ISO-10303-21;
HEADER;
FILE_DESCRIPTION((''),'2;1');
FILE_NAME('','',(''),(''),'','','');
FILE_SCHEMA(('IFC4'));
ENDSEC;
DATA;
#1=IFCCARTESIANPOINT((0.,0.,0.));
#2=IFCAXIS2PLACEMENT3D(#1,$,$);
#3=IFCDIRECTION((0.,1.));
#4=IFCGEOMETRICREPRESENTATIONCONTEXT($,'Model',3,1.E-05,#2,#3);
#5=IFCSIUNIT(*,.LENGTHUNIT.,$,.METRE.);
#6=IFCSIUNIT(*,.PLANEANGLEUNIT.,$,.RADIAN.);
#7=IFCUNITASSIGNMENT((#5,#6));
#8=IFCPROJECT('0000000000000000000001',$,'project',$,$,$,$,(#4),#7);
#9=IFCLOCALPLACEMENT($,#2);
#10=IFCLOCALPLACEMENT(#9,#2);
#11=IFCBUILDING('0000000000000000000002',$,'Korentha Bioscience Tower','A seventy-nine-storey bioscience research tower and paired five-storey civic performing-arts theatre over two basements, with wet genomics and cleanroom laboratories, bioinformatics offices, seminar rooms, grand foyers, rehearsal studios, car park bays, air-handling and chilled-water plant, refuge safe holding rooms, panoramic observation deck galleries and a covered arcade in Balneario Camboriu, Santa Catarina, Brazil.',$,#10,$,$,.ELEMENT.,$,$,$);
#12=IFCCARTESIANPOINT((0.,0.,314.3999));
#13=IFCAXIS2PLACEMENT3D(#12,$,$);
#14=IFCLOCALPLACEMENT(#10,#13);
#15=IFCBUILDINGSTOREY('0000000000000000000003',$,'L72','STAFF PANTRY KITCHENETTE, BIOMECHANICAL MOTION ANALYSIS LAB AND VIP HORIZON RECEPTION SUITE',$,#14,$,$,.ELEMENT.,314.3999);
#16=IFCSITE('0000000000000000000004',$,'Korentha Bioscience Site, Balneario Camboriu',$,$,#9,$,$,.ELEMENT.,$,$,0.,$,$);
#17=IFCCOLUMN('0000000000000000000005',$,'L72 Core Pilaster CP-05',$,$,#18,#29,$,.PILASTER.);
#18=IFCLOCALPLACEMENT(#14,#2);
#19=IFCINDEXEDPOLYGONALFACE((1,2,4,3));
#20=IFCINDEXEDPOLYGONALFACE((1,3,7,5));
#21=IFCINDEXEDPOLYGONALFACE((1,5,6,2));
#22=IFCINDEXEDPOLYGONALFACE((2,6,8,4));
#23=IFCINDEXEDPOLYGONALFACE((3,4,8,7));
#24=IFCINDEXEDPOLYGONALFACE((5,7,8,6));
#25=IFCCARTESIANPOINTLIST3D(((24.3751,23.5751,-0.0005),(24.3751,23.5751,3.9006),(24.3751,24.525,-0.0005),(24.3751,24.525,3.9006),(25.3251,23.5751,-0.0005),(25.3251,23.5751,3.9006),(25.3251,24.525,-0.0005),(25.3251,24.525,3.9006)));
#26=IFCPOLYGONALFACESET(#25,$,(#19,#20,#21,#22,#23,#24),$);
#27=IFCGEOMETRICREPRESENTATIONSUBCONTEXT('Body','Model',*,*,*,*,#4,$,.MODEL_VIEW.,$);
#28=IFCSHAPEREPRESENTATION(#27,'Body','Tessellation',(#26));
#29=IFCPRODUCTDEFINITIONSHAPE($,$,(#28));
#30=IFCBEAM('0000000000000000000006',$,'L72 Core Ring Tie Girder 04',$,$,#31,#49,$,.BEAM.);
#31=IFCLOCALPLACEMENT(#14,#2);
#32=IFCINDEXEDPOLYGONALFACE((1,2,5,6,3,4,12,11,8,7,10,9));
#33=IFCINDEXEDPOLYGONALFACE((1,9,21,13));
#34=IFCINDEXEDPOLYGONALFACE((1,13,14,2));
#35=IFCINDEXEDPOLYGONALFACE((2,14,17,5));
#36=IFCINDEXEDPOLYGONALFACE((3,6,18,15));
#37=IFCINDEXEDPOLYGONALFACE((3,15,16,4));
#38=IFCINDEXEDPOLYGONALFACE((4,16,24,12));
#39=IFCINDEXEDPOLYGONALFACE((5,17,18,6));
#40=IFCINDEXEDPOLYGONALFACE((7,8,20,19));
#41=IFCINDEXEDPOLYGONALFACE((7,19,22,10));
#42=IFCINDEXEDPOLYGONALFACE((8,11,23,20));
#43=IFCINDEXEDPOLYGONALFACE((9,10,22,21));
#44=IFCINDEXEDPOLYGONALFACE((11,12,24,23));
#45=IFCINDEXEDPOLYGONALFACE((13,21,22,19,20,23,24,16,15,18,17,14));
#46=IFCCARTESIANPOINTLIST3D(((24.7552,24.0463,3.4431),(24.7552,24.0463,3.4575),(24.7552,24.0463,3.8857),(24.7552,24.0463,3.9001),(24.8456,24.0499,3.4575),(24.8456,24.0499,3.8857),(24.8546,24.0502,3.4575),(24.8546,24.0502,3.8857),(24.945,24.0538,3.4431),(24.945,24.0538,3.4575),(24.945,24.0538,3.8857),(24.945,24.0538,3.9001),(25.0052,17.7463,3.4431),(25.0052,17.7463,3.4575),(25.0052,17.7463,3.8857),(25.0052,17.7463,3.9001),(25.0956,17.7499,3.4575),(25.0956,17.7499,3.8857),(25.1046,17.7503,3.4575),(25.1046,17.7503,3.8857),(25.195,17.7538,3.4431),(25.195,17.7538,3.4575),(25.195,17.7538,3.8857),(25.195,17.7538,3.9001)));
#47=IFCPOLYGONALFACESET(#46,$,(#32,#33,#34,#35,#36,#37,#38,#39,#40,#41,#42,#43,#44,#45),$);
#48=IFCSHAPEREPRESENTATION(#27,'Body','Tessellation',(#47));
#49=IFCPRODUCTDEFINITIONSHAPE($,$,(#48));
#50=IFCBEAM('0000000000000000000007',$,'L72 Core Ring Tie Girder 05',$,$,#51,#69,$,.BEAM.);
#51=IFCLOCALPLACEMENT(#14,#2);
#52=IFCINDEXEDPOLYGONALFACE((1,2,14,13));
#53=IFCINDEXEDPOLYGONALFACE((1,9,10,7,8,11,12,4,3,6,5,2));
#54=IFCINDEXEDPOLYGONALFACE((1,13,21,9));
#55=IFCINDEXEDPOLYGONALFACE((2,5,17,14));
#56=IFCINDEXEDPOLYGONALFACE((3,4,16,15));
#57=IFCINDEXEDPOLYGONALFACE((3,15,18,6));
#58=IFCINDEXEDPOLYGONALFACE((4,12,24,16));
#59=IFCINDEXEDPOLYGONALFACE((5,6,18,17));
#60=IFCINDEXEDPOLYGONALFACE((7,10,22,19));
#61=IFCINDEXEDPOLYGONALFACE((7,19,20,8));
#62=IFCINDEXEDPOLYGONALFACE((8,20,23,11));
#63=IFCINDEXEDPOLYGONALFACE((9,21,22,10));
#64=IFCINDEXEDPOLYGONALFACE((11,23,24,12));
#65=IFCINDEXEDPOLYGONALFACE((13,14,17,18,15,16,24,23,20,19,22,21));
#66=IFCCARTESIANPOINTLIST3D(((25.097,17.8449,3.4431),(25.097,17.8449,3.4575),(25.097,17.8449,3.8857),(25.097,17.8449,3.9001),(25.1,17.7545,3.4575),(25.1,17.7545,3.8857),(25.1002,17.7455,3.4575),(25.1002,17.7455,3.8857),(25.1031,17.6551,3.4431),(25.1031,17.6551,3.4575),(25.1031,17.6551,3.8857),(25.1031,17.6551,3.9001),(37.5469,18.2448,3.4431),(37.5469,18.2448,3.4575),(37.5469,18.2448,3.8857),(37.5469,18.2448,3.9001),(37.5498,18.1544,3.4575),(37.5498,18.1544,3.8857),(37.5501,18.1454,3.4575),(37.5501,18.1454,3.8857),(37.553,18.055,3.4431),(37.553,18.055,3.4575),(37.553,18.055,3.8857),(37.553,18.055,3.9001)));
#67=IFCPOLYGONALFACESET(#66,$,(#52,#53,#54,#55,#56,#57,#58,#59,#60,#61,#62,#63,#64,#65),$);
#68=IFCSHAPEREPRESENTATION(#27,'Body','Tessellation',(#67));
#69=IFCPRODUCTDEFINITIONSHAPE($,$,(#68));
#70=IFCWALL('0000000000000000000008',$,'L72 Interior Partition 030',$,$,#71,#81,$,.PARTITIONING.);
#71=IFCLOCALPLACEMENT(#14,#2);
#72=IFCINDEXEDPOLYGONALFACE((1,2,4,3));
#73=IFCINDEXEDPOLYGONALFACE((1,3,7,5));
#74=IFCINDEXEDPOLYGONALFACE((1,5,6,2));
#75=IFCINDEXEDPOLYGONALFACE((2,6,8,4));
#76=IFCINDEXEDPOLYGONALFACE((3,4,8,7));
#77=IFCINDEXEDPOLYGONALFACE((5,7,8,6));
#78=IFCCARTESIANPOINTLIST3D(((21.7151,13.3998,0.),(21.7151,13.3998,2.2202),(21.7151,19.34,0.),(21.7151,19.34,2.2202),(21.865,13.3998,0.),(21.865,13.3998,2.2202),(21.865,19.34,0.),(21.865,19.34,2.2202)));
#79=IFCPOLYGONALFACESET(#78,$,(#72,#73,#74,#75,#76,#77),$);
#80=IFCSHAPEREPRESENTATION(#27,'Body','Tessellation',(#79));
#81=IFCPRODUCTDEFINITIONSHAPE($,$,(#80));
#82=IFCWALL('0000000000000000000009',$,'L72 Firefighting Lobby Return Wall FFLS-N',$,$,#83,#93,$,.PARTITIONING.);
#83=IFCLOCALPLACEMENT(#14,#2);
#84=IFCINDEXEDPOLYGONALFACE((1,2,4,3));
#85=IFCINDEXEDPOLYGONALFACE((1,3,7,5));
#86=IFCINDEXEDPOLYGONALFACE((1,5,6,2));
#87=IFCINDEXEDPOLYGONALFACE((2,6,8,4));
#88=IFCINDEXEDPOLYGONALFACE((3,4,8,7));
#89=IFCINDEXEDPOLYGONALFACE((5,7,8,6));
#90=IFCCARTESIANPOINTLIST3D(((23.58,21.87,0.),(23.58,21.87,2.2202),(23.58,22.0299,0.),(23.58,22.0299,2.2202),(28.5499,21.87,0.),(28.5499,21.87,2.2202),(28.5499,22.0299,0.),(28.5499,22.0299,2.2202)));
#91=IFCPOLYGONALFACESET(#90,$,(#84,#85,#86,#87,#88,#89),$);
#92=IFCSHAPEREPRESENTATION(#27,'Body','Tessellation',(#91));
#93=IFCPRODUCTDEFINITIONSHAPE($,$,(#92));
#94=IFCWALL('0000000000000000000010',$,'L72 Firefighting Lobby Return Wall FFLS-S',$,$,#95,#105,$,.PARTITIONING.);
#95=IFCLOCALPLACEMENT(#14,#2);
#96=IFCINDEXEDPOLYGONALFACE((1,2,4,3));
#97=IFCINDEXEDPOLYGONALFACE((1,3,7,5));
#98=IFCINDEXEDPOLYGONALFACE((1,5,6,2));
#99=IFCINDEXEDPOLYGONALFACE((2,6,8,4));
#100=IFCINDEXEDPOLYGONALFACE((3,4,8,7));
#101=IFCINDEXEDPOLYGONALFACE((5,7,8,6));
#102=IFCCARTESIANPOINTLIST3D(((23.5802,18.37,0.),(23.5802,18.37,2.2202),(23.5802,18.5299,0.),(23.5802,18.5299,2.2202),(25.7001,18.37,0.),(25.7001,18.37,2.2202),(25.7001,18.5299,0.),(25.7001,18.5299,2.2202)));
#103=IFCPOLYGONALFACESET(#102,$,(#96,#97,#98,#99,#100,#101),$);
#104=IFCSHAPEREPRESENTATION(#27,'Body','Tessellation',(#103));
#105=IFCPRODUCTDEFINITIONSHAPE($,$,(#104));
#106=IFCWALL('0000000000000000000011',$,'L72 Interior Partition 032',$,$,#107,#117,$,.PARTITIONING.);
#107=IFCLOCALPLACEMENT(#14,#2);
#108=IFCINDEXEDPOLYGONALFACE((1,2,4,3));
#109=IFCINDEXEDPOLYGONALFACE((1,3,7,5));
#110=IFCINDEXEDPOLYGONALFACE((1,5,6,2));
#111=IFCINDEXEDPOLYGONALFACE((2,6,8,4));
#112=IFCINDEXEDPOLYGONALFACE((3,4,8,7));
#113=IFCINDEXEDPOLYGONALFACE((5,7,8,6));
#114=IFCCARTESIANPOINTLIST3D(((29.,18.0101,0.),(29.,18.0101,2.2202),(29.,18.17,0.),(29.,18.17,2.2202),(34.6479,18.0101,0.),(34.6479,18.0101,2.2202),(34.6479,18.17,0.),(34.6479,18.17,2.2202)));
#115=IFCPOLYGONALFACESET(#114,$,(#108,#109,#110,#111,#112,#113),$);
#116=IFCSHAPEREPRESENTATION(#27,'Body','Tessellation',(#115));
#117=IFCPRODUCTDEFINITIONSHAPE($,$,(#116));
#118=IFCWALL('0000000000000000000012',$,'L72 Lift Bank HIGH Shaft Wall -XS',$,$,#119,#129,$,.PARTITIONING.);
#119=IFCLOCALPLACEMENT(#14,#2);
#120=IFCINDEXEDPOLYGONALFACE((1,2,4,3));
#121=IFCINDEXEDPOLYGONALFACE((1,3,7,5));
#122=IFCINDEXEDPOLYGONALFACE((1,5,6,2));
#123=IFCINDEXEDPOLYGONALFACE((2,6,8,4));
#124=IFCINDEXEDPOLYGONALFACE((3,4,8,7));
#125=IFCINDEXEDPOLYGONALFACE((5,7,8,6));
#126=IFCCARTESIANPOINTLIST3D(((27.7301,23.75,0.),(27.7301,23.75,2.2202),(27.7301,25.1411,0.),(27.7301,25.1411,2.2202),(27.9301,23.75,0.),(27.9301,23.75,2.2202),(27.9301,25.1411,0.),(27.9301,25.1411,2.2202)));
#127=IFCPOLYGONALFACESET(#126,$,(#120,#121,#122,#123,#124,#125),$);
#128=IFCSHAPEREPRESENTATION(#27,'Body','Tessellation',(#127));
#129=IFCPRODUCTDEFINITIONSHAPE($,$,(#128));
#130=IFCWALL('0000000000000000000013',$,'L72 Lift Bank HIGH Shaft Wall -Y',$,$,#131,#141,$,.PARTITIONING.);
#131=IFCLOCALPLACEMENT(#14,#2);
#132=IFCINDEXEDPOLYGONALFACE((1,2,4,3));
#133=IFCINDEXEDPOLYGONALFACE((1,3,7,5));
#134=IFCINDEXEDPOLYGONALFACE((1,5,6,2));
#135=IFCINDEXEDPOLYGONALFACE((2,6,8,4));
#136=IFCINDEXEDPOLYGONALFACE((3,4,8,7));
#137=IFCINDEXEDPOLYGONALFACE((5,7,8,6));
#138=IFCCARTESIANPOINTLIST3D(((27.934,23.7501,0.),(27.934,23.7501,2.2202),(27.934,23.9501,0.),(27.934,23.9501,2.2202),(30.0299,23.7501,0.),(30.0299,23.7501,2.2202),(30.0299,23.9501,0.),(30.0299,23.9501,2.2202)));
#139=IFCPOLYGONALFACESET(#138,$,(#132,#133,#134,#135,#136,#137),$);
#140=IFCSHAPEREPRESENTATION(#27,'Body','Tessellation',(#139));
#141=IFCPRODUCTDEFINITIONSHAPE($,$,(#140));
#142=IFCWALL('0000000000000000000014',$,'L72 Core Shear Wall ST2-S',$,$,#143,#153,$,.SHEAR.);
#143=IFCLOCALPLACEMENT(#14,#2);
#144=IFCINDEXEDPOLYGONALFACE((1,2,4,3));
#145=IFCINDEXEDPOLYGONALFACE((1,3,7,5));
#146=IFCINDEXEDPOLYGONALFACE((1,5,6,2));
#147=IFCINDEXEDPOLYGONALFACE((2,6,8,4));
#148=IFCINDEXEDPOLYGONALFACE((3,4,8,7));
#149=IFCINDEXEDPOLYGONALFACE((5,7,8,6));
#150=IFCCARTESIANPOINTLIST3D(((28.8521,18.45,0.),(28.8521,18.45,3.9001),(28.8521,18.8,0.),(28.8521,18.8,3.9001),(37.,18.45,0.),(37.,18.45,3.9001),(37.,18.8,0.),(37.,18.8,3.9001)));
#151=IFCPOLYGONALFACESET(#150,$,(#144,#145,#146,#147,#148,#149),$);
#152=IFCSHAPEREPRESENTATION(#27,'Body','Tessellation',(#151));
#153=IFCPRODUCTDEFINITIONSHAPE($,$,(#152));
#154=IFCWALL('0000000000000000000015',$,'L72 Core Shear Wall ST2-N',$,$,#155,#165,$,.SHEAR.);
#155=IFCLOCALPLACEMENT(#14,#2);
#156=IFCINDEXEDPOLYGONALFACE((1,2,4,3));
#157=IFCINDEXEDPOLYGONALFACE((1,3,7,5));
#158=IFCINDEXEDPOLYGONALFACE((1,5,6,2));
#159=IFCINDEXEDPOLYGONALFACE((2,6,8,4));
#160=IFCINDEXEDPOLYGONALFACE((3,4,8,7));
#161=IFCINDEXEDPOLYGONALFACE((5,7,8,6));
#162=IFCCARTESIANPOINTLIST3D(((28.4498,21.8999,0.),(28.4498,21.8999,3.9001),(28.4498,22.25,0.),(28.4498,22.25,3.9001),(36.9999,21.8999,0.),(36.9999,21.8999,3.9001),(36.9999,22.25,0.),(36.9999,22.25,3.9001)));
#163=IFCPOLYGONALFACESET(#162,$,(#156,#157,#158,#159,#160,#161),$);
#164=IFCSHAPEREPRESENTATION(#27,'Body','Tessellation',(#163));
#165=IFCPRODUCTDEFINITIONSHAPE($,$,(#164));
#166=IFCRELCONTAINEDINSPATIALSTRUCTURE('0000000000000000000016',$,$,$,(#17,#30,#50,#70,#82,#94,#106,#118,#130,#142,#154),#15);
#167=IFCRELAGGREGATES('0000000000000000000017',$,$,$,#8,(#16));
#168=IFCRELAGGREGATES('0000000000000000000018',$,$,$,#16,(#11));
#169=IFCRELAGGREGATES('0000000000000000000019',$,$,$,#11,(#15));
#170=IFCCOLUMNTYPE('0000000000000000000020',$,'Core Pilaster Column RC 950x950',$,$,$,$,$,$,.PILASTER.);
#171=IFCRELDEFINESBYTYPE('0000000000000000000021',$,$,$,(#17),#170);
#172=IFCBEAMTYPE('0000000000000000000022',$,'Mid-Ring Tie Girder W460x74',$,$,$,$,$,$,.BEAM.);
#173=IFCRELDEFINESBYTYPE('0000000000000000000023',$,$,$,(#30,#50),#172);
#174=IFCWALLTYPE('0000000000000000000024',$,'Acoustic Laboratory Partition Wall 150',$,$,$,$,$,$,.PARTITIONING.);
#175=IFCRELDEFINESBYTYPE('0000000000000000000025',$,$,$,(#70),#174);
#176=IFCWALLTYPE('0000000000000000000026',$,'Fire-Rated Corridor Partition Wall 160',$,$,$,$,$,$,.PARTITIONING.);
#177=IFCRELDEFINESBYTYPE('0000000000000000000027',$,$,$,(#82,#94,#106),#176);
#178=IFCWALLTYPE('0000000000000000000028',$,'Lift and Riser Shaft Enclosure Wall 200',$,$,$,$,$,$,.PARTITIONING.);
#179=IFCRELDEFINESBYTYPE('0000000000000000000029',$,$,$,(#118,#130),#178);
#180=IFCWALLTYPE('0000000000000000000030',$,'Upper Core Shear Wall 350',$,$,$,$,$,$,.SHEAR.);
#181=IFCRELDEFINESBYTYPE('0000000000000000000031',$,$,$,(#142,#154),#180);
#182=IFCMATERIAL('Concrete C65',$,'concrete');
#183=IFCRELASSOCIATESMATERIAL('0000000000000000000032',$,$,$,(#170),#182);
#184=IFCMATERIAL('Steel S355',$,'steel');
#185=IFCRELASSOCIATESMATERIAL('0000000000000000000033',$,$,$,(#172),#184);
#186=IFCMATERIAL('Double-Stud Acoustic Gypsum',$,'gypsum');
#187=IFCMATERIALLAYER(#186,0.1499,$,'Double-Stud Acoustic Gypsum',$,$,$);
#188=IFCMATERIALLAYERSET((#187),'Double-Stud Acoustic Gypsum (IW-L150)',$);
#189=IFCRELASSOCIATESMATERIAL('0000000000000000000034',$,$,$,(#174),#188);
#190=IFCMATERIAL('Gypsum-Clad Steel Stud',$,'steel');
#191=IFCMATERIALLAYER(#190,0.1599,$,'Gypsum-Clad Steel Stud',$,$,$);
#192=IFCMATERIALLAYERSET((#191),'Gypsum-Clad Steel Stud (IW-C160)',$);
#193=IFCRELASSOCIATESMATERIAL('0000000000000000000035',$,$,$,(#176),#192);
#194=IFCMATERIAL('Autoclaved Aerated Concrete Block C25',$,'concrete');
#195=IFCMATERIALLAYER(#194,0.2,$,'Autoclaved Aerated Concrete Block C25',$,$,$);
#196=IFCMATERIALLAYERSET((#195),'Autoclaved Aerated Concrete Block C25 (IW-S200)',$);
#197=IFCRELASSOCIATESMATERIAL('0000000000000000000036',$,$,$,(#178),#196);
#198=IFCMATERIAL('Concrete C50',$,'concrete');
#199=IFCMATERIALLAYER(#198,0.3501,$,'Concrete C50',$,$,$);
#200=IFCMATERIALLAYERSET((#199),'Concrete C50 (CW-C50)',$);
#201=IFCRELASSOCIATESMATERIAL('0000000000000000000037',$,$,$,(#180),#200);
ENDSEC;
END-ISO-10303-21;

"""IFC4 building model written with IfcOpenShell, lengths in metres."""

from ifc_helpers import new_model, si_unit, direction, frame, frame_2d, origin, origin_2d, place, context, subcontext, project, spatial, rectangle, i_section, extrude, material, layer, layer_set, material_profile, profile_set, type_object, element, save


model = new_model("IFC4")

# Units and contexts
model_context = context("Model", 3, precision=1e-05, world=origin(), true_north=direction((0.0, 1.0)))
body_context = subcontext(model_context, "Body", "Model", "MODEL_VIEW")
ifc_project = project(units=[si_unit("LENGTHUNIT", "METRE"), si_unit("PLANEANGLEUNIT", "RADIAN")], contexts=[model_context])

# Site, building, storey
site_placement = place(None, origin())
site = spatial("IfcSite", under=ifc_project, at=site_placement, Name="Korentha Bioscience Site, Balneario Camboriu", CompositionType="ELEMENT", RefElevation=0.0)
building_placement = place(site_placement, origin())
building = spatial("IfcBuilding", under=site, at=building_placement, Name="Korentha Bioscience Tower", Description="A seventy-nine-storey bioscience research tower and paired five-storey civic performing-arts theatre over two basements, with wet genomics and cleanroom laboratories, bioinformatics offices, seminar rooms, grand foyers, rehearsal studios, car park bays, air-handling and chilled-water plant, refuge safe holding rooms, panoramic observation deck galleries and a covered arcade in Balneario Camboriu, Santa Catarina, Brazil.", CompositionType="ELEMENT")
storey_placement = place(building_placement, frame((0.0, 0.0, 314.3999)))
storey = spatial("IfcBuildingStorey", under=building, at=storey_placement, Name="L72", Description="STAFF PANTRY KITCHENETTE, BIOMECHANICAL MOTION ANALYSIS LAB AND VIP HORIZON RECEPTION SUITE", CompositionType="ELEMENT", Elevation=314.3999)

# Column
ifc_material_1 = material(Name="Concrete C65", Category="concrete")
ifc_material_profile_1 = material_profile(ifc_material_1, rectangle(XDim=0.95, YDim=0.95, at=origin_2d()), Name="Concrete C65")
ifc_profile_set_1 = profile_set([ifc_material_profile_1], Name="Concrete C65 (COL-CP09)")
column_type = type_object("IfcColumnType", Name="Core Pilaster Column RC 950x950", PredefinedType="PILASTER", material=ifc_profile_set_1)
column_placement = place(storey_placement, frame((24.8501, 24.05, -0.0005), z_axis=(0.0, 0.0, 1.0), x_axis=(1.0, 0.0, 0.0)))
element("IfcColumn", 1, at=column_placement, inside=storey, type_object=column_type, Name="L72 Core Pilaster CP-05", PredefinedType="PILASTER", context=body_context, shape_type="SweptSolid", body=[
    extrude(rectangle(XDim=0.95, YDim=0.95, at=origin_2d()), origin(), (0.0, 0.0, 1.0), 3.9011),
])

# Beams
ifc_material_2 = material(Name="Steel S355", Category="steel")
ifc_material_profile_2 = material_profile(ifc_material_2, i_section(OverallWidth=0.1899, OverallDepth=0.457, WebThickness=0.009, FlangeThickness=0.0144, at=origin_2d()), Name="Steel S355")
ifc_profile_set_2 = profile_set([ifc_material_profile_2], Name="Steel S355 (MB-460)")
beam_type = type_object("IfcBeamType", Name="Mid-Ring Tie Girder W460x74", PredefinedType="BEAM", material=ifc_profile_set_2)
beam_1_placement = place(storey_placement, frame((24.8501, 24.05, 3.6716), z_axis=(0.039651, -0.999214, 0.0), x_axis=(0.999214, 0.039651, 0.0)))
element("IfcBeam", 2, at=beam_1_placement, inside=storey, type_object=beam_type, Name="L72 Core Ring Tie Girder 04", PredefinedType="BEAM", context=body_context, shape_type="SweptSolid", body=[
    extrude(i_section(OverallWidth=0.1899, OverallDepth=0.457, WebThickness=0.009, FlangeThickness=0.0144, at=origin_2d()), origin(), (0.0, 0.0, 1.0), 6.3049),
])
beam_2_placement = place(storey_placement, frame((25.1001, 17.75, 3.6716), z_axis=(0.999485, 0.032104, 0.0), x_axis=(-0.032104, 0.999485, 0.0)))
element("IfcBeam", 3, at=beam_2_placement, inside=storey, type_object=beam_type, Name="L72 Core Ring Tie Girder 05", PredefinedType="BEAM", context=body_context, shape_type="SweptSolid", body=[
    extrude(i_section(OverallWidth=0.1899, OverallDepth=0.457, WebThickness=0.009, FlangeThickness=0.0144, at=origin_2d()), origin(), (0.0, 0.0, 1.0), 12.4563),
])

# Shared definitions
ifc_material_3 = material(Name="Double-Stud Acoustic Gypsum", Category="gypsum")
ifc_layer_1 = layer(ifc_material_3, 0.1499, Name="Double-Stud Acoustic Gypsum")
ifc_layer_set_1 = layer_set([ifc_layer_1], Name="Double-Stud Acoustic Gypsum (IW-L150)")
wall_type_1 = type_object("IfcWallType", Name="Acoustic Laboratory Partition Wall 150", PredefinedType="PARTITIONING", material=ifc_layer_set_1)

# Wall
wall_1_placement = place(storey_placement, frame((21.79, 19.3401, 0.0), z_axis=(0.0, 0.0, 1.0), x_axis=(0.0, -1.0, 0.0)))
element("IfcWall", 4, at=wall_1_placement, inside=storey, type_object=wall_type_1, Name="L72 Interior Partition 030", PredefinedType="PARTITIONING", context=body_context, shape_type="SweptSolid", body=[
    extrude(rectangle(XDim=5.9402, YDim=0.1499, at=frame_2d((2.9702, 0.0))), origin(), (0.0, 0.0, 1.0), 2.2202),
])

# Shared definitions
ifc_material_4 = material(Name="Gypsum-Clad Steel Stud", Category="steel")
ifc_layer_2 = layer(ifc_material_4, 0.1599, Name="Gypsum-Clad Steel Stud")
ifc_layer_set_2 = layer_set([ifc_layer_2], Name="Gypsum-Clad Steel Stud (IW-C160)")
wall_type_2 = type_object("IfcWallType", Name="Fire-Rated Corridor Partition Wall 160", PredefinedType="PARTITIONING", material=ifc_layer_set_2)

# Walls
wall_2_placement = place(storey_placement, frame((23.5801, 21.95, 0.0), z_axis=(0.0, 0.0, 1.0), x_axis=(1.0, 0.0, 0.0)))
element("IfcWall", 5, at=wall_2_placement, inside=storey, type_object=wall_type_2, Name="L72 Firefighting Lobby Return Wall FFLS-N", PredefinedType="PARTITIONING", context=body_context, shape_type="SweptSolid", body=[
    extrude(rectangle(XDim=4.97, YDim=0.1599, at=frame_2d((2.4849, 0.0))), origin(), (0.0, 0.0, 1.0), 2.2202),
])
wall_3_placement = place(storey_placement, frame((23.5801, 18.45, 0.0), z_axis=(0.0, 0.0, 1.0), x_axis=(1.0, 0.0, 0.0)))
element("IfcWall", 6, at=wall_3_placement, inside=storey, type_object=wall_type_2, Name="L72 Firefighting Lobby Return Wall FFLS-S", PredefinedType="PARTITIONING", context=body_context, shape_type="SweptSolid", body=[
    extrude(rectangle(XDim=2.1199, YDim=0.1599, at=frame_2d((1.0601, 0.0))), origin(), (0.0, 0.0, 1.0), 2.2202),
])
wall_4_placement = place(storey_placement, frame((29.0, 18.0901, 0.0), z_axis=(0.0, 0.0, 1.0), x_axis=(1.0, 0.0, 0.0)))
element("IfcWall", 7, at=wall_4_placement, inside=storey, type_object=wall_type_2, Name="L72 Interior Partition 032", PredefinedType="PARTITIONING", context=body_context, shape_type="SweptSolid", body=[
    extrude(rectangle(XDim=5.6479, YDim=0.1599, at=frame_2d((2.824, 0.0))), origin(), (0.0, 0.0, 1.0), 2.2202),
])
ifc_material_5 = material(Name="Autoclaved Aerated Concrete Block C25", Category="concrete")
ifc_layer_3 = layer(ifc_material_5, 0.2, Name="Autoclaved Aerated Concrete Block C25")
ifc_layer_set_3 = layer_set([ifc_layer_3], Name="Autoclaved Aerated Concrete Block C25 (IW-S200)")
wall_type_3 = type_object("IfcWallType", Name="Lift and Riser Shaft Enclosure Wall 200", PredefinedType="PARTITIONING", material=ifc_layer_set_3)
wall_5_placement = place(storey_placement, frame((27.8301, 23.75, 0.0), z_axis=(0.0, 0.0, 1.0), x_axis=(0.0, 1.0, 0.0)))
element("IfcWall", 8, at=wall_5_placement, inside=storey, type_object=wall_type_3, Name="L72 Lift Bank HIGH Shaft Wall -XS", PredefinedType="PARTITIONING", context=body_context, shape_type="SweptSolid", body=[
    extrude(rectangle(XDim=1.3911, YDim=0.2, at=frame_2d((0.6956, 0.0))), origin(), (0.0, 0.0, 1.0), 2.2202),
])
wall_6_placement = place(storey_placement, frame((27.9341, 23.8501, 0.0), z_axis=(0.0, 0.0, 1.0), x_axis=(1.0, 0.0, 0.0)))
element("IfcWall", 9, at=wall_6_placement, inside=storey, type_object=wall_type_3, Name="L72 Lift Bank HIGH Shaft Wall -Y", PredefinedType="PARTITIONING", context=body_context, shape_type="SweptSolid", body=[
    extrude(rectangle(XDim=2.0959, YDim=0.2, at=frame_2d((1.0479, 0.0))), origin(), (0.0, 0.0, 1.0), 2.2202),
])
ifc_material_6 = material(Name="Concrete C50", Category="concrete")
ifc_layer_4 = layer(ifc_material_6, 0.3501, Name="Concrete C50")
ifc_layer_set_4 = layer_set([ifc_layer_4], Name="Concrete C50 (CW-C50)")
wall_type_4 = type_object("IfcWallType", Name="Upper Core Shear Wall 350", PredefinedType="SHEAR", material=ifc_layer_set_4)
wall_7_placement = place(storey_placement, frame((28.8521, 18.625, 0.0), z_axis=(0.0, 0.0, 1.0), x_axis=(1.0, 0.0, 0.0)))
element("IfcWall", 10, at=wall_7_placement, inside=storey, type_object=wall_type_4, Name="L72 Core Shear Wall ST2-S", PredefinedType="SHEAR", context=body_context, shape_type="SweptSolid", body=[
    extrude(rectangle(XDim=8.1479, YDim=0.3501, at=frame_2d((4.074, 0.0))), origin(), (0.0, 0.0, 1.0), 3.9001),
])
wall_8_placement = place(storey_placement, frame((28.45, 22.075, 0.0), z_axis=(0.0, 0.0, 1.0), x_axis=(1.0, 0.0, 0.0)))
element("IfcWall", 11, at=wall_8_placement, inside=storey, type_object=wall_type_4, Name="L72 Core Shear Wall ST2-N", PredefinedType="SHEAR", context=body_context, shape_type="SweptSolid", body=[
    extrude(rectangle(XDim=8.55, YDim=0.3501, at=frame_2d((4.2749, 0.0))), origin(), (0.0, 0.0, 1.0), 3.9001),
])

save(model, "model.ifc")
